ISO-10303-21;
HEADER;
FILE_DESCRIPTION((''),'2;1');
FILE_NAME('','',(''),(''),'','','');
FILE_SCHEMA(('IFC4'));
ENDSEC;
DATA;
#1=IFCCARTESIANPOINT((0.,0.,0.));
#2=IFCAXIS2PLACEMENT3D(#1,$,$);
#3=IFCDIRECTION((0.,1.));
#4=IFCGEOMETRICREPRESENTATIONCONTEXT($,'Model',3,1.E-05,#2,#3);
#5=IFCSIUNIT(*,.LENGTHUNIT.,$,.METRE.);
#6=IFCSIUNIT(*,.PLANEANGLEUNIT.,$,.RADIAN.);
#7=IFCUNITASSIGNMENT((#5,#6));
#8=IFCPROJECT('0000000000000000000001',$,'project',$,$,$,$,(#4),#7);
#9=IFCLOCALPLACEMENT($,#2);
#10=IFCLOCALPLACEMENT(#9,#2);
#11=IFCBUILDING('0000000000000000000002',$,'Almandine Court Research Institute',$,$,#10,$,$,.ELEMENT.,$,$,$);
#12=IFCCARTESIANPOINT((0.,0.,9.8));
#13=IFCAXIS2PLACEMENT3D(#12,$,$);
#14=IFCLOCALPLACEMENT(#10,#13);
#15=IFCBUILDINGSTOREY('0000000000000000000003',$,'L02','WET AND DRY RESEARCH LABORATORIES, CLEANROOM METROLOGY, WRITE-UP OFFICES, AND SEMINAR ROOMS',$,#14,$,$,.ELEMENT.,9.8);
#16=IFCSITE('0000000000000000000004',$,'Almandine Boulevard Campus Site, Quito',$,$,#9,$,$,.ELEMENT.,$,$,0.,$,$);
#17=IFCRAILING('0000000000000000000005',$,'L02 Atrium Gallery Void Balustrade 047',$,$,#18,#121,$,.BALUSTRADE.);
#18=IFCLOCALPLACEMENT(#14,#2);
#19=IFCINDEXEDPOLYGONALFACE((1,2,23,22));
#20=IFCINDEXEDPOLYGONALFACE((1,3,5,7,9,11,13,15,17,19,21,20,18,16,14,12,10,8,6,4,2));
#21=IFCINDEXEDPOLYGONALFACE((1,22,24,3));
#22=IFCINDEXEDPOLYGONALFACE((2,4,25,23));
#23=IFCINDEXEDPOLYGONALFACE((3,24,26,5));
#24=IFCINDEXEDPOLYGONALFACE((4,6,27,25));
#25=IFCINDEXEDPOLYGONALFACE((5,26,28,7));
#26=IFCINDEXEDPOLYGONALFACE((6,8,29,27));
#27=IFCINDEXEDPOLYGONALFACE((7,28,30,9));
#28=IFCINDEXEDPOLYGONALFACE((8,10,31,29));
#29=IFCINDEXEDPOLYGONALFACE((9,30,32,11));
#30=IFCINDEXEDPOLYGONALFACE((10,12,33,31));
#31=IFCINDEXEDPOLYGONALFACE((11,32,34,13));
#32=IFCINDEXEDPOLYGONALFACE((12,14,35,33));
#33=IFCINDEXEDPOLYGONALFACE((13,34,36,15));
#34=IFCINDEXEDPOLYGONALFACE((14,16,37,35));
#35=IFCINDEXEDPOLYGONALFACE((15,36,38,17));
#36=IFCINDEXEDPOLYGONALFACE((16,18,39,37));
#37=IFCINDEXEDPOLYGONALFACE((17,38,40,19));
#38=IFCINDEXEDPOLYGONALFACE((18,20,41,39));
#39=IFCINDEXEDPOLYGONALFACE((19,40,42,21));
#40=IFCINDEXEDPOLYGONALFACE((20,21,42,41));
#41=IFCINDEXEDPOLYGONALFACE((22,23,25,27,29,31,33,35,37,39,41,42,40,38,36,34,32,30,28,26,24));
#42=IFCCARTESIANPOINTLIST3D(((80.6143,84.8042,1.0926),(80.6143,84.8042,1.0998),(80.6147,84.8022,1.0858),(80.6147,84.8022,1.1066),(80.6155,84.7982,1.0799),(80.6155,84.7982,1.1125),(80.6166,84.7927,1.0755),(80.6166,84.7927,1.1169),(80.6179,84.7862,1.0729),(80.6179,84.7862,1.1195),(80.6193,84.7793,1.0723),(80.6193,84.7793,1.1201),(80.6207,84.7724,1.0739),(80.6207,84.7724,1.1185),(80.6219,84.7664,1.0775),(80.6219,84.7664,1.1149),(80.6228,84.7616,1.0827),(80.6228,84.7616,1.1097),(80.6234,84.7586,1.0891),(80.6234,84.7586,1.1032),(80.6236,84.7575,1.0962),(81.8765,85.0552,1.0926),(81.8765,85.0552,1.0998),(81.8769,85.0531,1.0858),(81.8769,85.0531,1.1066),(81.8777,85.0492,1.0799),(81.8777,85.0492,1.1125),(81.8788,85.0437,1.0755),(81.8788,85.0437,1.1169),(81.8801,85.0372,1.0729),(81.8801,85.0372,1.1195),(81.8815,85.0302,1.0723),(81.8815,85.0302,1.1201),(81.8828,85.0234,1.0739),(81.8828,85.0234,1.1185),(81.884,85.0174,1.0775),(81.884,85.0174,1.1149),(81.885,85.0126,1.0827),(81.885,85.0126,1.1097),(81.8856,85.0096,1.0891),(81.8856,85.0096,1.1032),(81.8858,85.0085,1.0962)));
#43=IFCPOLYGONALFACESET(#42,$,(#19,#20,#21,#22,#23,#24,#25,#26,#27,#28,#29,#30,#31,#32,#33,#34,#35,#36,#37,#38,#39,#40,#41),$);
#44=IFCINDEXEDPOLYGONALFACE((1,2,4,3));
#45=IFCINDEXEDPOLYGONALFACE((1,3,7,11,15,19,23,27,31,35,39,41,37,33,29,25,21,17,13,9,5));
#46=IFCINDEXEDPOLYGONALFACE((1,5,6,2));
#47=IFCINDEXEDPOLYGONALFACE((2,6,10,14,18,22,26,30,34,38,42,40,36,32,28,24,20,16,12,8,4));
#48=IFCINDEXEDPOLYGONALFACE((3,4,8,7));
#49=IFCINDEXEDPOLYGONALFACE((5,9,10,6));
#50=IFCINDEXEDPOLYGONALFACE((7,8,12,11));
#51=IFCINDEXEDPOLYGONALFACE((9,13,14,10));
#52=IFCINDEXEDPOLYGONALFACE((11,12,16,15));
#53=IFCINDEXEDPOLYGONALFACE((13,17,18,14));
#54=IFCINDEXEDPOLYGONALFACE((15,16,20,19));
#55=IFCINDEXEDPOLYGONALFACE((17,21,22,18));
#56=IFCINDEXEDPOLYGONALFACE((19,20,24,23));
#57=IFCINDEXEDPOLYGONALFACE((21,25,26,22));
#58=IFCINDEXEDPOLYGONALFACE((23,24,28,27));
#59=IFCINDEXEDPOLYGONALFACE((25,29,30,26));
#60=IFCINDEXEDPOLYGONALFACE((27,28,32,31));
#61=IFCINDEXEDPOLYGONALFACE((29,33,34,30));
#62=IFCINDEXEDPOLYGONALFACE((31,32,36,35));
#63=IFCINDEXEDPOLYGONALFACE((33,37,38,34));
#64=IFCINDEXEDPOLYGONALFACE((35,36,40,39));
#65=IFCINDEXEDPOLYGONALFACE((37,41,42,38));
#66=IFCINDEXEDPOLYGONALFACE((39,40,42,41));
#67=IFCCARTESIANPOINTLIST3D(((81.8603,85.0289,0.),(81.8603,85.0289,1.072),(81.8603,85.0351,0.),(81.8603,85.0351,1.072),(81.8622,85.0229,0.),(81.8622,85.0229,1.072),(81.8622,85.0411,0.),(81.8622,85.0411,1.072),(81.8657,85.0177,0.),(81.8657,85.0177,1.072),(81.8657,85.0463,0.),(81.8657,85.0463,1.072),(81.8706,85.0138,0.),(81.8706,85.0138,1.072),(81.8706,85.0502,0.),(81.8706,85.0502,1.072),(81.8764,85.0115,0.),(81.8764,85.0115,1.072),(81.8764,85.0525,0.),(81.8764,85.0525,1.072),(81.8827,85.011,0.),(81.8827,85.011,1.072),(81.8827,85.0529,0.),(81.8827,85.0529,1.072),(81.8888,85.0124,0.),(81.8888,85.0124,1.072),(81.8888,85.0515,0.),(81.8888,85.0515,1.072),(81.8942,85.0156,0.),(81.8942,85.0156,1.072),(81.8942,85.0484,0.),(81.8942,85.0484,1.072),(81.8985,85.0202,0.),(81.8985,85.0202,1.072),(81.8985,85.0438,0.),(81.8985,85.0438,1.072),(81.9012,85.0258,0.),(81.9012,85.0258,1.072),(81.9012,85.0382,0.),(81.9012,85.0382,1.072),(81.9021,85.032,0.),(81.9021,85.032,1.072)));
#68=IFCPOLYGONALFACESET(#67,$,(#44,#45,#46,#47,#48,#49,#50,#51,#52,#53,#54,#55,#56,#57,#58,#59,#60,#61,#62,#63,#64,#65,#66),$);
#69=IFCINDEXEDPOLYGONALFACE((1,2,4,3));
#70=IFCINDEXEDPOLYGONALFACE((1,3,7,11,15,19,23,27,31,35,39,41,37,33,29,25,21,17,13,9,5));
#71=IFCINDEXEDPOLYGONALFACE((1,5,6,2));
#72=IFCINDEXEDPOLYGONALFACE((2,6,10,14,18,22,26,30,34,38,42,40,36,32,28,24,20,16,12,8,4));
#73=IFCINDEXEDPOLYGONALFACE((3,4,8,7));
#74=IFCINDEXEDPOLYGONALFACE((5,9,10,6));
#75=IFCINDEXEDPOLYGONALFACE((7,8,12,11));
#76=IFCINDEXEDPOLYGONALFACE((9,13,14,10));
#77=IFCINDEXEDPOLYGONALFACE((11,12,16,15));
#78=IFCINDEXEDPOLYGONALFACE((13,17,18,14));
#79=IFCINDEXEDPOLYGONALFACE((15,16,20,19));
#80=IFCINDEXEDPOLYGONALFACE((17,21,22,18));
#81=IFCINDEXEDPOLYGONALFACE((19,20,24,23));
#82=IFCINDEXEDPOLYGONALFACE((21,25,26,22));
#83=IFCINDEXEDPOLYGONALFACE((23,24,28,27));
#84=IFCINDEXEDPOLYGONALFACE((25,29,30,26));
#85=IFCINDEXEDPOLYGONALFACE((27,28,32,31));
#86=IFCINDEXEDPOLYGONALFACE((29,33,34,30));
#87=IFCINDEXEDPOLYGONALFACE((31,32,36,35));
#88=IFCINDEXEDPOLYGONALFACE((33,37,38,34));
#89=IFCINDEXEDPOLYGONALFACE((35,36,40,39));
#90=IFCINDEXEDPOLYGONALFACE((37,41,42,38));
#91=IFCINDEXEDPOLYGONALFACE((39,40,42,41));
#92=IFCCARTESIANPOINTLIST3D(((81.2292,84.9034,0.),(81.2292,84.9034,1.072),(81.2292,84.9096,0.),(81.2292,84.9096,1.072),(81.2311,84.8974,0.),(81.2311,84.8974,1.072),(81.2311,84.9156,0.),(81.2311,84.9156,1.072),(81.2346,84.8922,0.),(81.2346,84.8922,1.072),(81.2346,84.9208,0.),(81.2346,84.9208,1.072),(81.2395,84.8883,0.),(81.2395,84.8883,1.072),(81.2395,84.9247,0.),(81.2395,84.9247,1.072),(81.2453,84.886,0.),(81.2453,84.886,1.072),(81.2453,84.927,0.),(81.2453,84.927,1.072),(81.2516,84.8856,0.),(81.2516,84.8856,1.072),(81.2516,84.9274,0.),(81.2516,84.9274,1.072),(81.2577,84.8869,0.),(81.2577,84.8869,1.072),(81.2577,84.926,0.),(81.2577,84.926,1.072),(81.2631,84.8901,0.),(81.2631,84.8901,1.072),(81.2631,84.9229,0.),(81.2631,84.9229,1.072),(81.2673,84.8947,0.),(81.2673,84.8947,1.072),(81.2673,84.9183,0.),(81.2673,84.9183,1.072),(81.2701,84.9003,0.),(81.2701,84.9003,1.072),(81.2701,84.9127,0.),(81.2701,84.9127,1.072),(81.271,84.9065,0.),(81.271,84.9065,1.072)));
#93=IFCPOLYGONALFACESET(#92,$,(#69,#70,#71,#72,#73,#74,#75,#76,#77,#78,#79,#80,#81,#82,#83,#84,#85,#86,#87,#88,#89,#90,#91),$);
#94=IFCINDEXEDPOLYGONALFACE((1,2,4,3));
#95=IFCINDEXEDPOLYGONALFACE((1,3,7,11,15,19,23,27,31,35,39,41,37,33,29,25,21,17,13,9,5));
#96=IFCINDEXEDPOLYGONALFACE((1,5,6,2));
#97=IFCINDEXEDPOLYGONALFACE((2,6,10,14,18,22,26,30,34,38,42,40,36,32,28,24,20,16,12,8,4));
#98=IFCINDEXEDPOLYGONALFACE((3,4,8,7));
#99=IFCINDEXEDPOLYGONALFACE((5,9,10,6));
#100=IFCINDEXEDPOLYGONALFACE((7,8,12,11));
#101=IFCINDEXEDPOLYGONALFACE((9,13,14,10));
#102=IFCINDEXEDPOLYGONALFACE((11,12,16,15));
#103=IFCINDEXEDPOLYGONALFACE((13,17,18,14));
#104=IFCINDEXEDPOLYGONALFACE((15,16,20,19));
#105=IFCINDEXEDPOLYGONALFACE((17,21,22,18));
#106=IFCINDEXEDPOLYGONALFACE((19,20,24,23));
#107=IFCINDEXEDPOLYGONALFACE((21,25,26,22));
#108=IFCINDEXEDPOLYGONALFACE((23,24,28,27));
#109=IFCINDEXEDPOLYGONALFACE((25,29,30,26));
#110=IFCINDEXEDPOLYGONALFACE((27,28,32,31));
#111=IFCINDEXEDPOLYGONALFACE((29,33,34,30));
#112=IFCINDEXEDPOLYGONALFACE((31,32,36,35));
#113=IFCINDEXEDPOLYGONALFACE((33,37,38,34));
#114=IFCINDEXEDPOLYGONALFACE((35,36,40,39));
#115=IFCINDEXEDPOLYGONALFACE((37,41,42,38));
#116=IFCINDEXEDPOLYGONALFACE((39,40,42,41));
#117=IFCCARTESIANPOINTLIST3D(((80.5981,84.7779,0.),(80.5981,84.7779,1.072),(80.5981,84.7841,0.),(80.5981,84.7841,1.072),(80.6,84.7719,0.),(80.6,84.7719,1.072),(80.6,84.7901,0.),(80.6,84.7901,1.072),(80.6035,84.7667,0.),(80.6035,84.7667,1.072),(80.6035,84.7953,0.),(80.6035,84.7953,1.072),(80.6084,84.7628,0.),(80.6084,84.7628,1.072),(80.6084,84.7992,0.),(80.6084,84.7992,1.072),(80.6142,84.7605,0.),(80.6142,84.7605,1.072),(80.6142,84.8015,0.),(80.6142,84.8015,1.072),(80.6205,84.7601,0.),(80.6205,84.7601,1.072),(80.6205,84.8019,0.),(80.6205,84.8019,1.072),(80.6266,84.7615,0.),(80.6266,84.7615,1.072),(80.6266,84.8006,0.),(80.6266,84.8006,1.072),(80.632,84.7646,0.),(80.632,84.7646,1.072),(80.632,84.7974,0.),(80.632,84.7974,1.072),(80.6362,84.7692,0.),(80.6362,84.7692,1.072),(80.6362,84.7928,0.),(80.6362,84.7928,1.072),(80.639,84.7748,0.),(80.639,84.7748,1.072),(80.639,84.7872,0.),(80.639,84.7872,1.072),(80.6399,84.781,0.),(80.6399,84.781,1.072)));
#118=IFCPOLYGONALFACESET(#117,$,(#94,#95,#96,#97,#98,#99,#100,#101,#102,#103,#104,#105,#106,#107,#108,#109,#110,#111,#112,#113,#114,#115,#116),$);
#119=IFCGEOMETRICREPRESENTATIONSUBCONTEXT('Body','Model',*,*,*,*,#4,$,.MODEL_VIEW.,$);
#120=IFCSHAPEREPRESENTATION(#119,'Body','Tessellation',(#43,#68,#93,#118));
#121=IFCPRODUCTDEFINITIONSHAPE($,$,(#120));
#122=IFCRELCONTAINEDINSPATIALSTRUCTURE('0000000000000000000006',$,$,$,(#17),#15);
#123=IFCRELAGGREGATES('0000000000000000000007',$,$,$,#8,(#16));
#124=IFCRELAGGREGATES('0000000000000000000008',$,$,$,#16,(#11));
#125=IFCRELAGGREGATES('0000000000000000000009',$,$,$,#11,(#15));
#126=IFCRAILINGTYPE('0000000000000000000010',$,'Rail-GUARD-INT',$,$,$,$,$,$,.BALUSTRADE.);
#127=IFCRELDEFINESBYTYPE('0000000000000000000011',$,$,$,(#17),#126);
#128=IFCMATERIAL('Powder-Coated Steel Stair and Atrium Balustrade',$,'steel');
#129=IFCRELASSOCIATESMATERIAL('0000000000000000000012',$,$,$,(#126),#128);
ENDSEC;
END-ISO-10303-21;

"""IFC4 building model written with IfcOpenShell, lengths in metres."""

from ifc_helpers import new_model, si_unit, direction, frame, origin, origin_2d, place, context, subcontext, project, spatial, circle, extrude, material, type_object, element, save


model = new_model("IFC4")

# Units and contexts
model_context = context("Model", 3, precision=1e-05, world=origin(), true_north=direction((0.0, 1.0)))
body_context = subcontext(model_context, "Body", "Model", "MODEL_VIEW")
ifc_project = project(units=[si_unit("LENGTHUNIT", "METRE"), si_unit("PLANEANGLEUNIT", "RADIAN")], contexts=[model_context])

# Site, building, storey
site_placement = place(None, origin())
site = spatial("IfcSite", under=ifc_project, at=site_placement, Name="Almandine Boulevard Campus Site, Quito", CompositionType="ELEMENT", RefElevation=0.0)
building_placement = place(site_placement, origin())
building = spatial("IfcBuilding", under=site, at=building_placement, Name="Almandine Court Research Institute", CompositionType="ELEMENT")
storey_placement = place(building_placement, frame((0.0, 0.0, 9.8)))
storey = spatial("IfcBuildingStorey", under=building, at=storey_placement, Name="L02", Description="WET AND DRY RESEARCH LABORATORIES, CLEANROOM METROLOGY, WRITE-UP OFFICES, AND SEMINAR ROOMS", CompositionType="ELEMENT", Elevation=9.8)

# Railing
ifc_material_1 = material(Name="Powder-Coated Steel Stair and Atrium Balustrade", Category="steel")
railing_type_1 = type_object("IfcRailingType", Name="Rail-GUARD-INT", PredefinedType="BALUSTRADE", material=ifc_material_1)
railing_1_placement = place(storey_placement, frame((81.8811, 85.032, 0.0)))
element("IfcRailing", 1, at=railing_1_placement, inside=storey, type_object=railing_type_1, Name="L02 Atrium Gallery Void Balustrade 047", PredefinedType="BALUSTRADE", context=body_context, shape_type="SweptSolid", body=[
    extrude(circle(Radius=0.0239, at=origin_2d()), frame((0.0, 0.0, 1.0962), z_axis=(-0.980799, -0.195022, 0.0), x_axis=(0.195022, -0.980799, 0.0)), (0.0, 0.0, 1.0), 1.2869),
    extrude(circle(Radius=0.021, at=origin_2d()), origin(), (0.0, 0.0, 1.0), 1.072),
    extrude(circle(Radius=0.021, at=origin_2d()), frame((-0.6311, -0.1255, 0.0)), (0.0, 0.0, 1.0), 1.072),
    extrude(circle(Radius=0.021, at=origin_2d()), frame((-1.2622, -0.251, 0.0)), (0.0, 0.0, 1.0), 1.072),
])

save(model, "model.ifc")
